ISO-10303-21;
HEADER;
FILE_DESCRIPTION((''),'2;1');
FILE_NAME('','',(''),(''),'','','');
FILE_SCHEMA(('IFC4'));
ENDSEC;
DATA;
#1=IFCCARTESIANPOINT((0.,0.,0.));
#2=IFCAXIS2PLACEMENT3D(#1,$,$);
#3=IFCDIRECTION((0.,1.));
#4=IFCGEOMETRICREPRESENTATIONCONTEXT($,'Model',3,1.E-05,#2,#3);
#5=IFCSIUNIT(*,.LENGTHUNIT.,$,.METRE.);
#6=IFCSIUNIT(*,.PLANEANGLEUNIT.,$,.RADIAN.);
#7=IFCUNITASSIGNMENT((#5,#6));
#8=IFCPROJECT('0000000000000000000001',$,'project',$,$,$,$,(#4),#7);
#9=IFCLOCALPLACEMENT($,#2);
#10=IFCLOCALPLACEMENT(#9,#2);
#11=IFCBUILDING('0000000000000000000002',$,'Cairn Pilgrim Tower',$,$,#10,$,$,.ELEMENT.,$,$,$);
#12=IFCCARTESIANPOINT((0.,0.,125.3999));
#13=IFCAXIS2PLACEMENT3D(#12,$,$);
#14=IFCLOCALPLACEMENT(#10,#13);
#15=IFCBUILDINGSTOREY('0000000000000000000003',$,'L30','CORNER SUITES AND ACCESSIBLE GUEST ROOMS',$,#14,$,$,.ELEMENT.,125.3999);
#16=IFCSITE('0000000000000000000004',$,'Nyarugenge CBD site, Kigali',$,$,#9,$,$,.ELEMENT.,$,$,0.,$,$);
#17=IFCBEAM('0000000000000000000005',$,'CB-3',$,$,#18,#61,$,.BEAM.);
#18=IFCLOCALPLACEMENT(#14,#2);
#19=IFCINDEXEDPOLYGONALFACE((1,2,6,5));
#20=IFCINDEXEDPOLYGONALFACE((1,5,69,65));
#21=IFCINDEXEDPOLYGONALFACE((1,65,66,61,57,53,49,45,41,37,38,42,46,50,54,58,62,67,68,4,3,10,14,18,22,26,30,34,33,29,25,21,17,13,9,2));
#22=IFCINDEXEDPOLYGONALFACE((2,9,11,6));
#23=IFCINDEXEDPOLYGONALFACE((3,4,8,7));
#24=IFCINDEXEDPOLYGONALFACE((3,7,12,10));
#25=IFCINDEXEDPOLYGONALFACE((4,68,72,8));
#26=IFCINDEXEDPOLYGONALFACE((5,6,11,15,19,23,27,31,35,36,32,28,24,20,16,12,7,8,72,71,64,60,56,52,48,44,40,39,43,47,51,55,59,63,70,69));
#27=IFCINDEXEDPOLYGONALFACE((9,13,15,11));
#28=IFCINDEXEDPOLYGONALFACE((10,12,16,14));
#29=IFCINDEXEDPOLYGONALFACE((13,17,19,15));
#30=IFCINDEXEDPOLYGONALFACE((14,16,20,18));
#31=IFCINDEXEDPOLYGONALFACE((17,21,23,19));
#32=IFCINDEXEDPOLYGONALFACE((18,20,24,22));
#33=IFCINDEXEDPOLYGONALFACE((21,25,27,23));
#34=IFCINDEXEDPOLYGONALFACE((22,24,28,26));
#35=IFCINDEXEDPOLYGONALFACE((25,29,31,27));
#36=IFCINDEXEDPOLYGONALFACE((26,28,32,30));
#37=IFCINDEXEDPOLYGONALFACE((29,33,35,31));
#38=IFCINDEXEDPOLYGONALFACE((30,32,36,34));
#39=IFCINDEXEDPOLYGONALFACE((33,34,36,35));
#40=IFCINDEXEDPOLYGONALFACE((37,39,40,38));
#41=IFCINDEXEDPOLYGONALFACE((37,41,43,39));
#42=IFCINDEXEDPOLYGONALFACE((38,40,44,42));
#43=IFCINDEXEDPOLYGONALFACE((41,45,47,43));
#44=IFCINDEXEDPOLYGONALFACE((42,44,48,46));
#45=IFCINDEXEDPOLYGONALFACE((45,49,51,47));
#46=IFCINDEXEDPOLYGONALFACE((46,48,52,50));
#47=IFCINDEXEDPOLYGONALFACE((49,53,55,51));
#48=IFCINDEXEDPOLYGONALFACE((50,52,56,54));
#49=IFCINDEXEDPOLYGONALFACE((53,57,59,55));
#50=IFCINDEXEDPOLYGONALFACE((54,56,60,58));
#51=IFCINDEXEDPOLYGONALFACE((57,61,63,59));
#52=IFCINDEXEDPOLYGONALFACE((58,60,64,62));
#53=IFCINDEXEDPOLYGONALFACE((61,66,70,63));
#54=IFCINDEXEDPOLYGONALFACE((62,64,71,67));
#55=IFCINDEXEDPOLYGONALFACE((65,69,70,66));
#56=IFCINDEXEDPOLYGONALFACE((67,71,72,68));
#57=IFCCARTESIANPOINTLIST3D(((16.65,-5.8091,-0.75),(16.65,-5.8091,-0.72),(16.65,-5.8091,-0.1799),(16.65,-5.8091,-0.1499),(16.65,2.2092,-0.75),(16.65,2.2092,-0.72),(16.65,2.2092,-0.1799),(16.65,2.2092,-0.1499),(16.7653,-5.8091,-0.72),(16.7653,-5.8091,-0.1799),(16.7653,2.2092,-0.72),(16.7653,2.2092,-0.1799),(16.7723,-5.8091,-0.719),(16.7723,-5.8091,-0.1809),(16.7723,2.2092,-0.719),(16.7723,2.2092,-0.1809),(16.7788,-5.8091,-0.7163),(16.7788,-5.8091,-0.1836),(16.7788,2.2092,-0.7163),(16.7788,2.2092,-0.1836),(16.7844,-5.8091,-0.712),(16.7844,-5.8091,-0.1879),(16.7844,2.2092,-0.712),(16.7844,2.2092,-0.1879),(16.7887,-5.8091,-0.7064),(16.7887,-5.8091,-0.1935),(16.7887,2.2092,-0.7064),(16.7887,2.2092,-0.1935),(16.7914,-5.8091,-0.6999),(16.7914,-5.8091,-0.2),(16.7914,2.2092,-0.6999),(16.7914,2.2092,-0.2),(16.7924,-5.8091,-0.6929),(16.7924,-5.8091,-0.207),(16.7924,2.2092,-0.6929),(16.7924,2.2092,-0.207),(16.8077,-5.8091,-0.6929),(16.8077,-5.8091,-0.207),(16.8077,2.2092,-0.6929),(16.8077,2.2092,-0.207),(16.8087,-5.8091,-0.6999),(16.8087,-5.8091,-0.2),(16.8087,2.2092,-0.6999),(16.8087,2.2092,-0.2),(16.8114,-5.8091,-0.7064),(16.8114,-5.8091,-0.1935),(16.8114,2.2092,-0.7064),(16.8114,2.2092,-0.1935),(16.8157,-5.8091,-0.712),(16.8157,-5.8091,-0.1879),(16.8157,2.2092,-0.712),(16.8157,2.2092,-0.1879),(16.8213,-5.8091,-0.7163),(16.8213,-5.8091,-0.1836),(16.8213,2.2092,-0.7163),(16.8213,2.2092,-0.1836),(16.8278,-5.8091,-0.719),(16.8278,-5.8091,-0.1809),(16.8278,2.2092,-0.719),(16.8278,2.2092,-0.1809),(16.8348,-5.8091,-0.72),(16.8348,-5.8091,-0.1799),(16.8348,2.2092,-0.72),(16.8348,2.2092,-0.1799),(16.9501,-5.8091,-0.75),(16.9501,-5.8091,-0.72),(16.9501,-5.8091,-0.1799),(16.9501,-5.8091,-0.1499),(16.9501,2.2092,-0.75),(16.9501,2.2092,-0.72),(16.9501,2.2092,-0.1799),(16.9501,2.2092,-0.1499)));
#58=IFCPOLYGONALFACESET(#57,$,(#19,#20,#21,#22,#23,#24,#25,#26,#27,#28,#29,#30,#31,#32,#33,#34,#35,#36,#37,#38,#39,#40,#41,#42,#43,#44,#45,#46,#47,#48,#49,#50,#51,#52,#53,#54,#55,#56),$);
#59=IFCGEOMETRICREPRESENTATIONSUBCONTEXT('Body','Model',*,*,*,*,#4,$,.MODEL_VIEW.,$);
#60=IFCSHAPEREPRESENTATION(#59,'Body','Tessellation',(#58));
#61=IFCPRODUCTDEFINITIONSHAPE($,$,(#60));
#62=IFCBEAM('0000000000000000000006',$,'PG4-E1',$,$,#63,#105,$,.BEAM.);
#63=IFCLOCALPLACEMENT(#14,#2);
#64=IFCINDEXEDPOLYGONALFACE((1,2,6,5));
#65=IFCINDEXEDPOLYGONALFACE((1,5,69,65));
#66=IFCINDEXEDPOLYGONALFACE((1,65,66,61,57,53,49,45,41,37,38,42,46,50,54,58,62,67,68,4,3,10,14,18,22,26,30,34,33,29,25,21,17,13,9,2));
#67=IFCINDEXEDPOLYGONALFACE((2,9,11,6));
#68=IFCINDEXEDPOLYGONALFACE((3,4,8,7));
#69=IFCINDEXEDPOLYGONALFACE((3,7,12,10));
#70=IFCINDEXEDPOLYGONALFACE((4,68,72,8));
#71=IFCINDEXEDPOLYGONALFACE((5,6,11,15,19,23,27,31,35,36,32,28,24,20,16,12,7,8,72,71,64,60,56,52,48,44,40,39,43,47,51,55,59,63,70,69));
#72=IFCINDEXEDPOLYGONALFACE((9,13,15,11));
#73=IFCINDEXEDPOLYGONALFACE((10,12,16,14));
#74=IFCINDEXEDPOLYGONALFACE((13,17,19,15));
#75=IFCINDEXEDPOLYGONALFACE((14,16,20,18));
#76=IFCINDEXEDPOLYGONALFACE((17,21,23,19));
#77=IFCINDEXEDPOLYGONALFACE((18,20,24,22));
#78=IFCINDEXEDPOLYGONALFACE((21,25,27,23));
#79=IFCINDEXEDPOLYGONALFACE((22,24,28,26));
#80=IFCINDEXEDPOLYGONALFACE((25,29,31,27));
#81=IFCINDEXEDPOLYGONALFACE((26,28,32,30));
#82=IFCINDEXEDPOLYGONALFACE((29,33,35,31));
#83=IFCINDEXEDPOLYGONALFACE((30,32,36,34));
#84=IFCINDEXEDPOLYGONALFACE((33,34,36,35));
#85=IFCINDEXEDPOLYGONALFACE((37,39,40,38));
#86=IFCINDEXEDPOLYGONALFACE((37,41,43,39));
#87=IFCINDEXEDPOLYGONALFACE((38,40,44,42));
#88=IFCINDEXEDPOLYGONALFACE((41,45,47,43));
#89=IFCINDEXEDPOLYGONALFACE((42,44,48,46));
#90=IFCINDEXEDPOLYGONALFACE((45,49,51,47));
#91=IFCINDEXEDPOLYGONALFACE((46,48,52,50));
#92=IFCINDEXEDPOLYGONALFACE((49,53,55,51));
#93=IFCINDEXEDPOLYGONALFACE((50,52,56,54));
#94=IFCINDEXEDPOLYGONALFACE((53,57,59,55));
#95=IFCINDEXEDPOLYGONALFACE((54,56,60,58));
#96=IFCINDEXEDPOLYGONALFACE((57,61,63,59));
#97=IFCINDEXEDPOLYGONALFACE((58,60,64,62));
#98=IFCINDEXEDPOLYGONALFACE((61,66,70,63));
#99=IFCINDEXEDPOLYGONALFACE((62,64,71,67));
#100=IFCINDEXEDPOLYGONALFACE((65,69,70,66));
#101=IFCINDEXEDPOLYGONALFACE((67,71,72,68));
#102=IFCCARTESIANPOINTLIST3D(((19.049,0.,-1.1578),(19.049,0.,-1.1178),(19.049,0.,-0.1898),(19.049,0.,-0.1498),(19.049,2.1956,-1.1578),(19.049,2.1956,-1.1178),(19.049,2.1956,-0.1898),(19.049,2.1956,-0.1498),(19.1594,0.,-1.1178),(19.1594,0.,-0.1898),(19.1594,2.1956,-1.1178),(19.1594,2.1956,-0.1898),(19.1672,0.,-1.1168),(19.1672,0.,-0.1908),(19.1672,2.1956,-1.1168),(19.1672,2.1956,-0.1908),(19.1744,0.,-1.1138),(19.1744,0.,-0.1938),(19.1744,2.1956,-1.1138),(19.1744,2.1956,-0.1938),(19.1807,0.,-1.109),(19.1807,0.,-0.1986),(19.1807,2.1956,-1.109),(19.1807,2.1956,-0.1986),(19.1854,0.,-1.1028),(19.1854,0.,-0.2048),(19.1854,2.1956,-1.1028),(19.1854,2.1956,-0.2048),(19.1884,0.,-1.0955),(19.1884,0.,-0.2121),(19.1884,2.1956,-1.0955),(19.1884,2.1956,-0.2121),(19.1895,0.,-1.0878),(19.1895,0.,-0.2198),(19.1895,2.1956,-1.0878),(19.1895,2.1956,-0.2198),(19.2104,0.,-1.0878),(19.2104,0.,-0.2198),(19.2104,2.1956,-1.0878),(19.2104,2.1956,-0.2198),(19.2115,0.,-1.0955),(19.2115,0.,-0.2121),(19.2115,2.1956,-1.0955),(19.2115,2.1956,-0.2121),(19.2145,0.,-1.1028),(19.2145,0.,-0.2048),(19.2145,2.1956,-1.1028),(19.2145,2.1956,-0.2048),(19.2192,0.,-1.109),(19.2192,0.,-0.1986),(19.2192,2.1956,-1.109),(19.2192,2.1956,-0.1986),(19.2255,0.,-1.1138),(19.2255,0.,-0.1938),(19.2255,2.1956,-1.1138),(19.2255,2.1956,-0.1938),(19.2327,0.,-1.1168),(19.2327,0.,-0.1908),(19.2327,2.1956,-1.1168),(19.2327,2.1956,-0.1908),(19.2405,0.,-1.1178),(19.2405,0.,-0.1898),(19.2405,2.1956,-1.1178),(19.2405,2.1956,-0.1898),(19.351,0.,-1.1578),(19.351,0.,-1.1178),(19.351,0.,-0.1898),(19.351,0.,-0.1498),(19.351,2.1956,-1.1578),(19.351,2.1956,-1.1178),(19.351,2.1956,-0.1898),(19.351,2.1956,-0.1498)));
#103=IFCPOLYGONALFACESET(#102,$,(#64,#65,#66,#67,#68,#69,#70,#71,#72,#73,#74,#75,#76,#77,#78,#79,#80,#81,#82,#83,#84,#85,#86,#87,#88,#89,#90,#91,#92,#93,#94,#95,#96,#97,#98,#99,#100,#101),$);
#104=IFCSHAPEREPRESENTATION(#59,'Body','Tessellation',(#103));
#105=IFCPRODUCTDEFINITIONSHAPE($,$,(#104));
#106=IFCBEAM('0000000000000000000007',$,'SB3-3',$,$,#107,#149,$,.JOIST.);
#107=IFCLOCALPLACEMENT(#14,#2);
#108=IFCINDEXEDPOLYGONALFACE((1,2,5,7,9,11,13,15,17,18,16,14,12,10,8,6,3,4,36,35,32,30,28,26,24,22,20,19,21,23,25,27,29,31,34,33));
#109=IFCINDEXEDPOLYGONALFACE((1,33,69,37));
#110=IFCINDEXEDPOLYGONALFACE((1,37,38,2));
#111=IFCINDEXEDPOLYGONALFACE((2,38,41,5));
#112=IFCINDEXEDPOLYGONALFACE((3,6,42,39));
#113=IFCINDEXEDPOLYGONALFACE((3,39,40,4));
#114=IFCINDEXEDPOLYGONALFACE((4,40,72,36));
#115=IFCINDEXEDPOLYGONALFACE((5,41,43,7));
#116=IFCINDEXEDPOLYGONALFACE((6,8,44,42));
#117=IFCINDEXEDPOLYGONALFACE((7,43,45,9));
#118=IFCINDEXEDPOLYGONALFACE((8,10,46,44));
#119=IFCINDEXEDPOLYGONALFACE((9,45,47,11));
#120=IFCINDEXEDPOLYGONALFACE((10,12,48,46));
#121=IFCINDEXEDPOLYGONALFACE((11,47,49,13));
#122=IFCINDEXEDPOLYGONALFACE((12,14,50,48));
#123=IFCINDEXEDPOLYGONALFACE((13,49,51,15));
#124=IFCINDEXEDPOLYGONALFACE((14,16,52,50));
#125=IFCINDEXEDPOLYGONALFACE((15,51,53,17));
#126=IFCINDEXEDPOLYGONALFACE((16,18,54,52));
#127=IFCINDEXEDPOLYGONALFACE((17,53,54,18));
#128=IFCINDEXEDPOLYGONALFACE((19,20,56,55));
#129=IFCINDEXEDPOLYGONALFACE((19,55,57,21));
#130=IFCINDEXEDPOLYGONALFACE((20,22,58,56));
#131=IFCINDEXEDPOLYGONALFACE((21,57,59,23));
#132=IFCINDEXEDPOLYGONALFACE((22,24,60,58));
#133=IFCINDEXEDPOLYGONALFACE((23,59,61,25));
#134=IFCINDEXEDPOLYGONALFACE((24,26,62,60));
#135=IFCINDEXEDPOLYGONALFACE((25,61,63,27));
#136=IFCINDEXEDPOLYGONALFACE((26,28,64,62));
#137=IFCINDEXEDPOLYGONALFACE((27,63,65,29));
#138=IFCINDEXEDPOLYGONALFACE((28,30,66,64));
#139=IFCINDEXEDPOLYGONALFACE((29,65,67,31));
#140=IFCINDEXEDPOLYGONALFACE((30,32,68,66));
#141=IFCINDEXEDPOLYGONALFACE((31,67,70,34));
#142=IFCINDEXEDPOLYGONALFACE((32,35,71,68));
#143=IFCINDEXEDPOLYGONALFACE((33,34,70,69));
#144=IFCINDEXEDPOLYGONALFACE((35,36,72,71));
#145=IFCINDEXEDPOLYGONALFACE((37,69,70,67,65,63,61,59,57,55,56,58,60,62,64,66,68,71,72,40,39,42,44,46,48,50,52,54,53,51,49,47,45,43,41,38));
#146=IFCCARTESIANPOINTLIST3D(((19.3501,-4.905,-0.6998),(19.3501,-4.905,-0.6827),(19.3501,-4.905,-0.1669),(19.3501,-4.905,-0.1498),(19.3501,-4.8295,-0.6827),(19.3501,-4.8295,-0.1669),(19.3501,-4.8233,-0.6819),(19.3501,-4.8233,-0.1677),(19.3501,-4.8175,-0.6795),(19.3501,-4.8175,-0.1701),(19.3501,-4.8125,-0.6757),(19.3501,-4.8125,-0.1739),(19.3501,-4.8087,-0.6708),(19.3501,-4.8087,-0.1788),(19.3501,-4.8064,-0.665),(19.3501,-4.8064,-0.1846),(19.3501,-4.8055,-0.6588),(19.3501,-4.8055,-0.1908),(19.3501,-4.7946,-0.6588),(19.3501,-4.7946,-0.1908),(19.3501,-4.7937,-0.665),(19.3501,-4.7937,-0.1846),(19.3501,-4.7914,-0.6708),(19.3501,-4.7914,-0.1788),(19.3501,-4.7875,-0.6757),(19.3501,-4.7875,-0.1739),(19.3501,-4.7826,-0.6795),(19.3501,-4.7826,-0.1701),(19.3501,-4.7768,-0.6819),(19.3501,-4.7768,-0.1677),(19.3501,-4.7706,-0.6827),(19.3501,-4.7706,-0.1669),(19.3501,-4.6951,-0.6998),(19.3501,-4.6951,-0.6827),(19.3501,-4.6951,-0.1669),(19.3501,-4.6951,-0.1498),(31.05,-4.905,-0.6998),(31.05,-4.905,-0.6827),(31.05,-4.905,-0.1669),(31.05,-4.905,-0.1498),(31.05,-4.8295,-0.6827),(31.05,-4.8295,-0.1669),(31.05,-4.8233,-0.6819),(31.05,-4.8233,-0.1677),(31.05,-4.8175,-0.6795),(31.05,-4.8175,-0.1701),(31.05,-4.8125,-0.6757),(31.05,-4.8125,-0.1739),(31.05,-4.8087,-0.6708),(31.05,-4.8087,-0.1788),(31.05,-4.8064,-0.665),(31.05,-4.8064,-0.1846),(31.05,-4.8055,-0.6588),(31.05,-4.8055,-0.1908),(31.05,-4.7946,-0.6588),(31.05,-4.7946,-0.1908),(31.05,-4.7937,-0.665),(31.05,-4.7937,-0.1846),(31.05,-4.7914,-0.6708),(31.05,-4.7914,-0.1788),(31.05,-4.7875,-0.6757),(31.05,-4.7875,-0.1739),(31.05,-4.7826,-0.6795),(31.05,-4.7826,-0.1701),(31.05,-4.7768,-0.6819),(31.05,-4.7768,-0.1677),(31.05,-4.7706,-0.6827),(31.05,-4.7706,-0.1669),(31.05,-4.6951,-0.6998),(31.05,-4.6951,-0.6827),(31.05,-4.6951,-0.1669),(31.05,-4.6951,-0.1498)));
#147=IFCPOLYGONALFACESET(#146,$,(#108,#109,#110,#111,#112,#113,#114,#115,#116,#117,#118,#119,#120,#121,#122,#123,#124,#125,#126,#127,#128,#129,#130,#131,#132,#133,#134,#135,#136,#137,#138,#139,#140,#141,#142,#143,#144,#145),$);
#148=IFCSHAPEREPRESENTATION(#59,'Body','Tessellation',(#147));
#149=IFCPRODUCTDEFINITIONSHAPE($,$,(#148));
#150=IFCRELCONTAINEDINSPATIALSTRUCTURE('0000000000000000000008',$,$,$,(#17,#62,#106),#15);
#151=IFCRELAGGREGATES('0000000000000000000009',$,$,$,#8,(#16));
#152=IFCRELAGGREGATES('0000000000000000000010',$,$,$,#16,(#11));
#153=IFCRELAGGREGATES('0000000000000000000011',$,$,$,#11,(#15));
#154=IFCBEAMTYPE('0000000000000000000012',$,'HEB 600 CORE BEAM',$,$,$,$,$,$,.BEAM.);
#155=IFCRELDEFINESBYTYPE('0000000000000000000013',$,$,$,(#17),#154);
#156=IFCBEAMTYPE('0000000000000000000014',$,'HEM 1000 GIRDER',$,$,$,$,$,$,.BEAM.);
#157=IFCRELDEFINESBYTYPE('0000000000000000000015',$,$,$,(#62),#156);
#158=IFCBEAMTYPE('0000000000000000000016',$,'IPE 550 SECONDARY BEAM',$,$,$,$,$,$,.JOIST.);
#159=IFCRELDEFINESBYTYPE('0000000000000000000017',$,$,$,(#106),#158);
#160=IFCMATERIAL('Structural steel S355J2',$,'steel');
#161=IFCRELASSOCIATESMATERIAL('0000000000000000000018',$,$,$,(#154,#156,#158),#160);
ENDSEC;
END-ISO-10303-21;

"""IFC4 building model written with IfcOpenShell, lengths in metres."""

from ifc_helpers import new_model, si_unit, direction, frame, origin, origin_2d, place, context, subcontext, project, spatial, i_section, extrude, material, material_profile, profile_set, type_object, element, save


model = new_model("IFC4")

# Units and contexts
model_context = context("Model", 3, precision=1e-05, world=origin(), true_north=direction((0.0, 1.0)))
body_context = subcontext(model_context, "Body", "Model", "MODEL_VIEW")
ifc_project = project(units=[si_unit("LENGTHUNIT", "METRE"), si_unit("PLANEANGLEUNIT", "RADIAN")], contexts=[model_context])

# Site, building, storey
site_placement = place(None, origin())
site = spatial("IfcSite", under=ifc_project, at=site_placement, Name="Nyarugenge CBD site, Kigali", CompositionType="ELEMENT", RefElevation=0.0)
building_placement = place(site_placement, origin())
building = spatial("IfcBuilding", under=site, at=building_placement, Name="Cairn Pilgrim Tower", CompositionType="ELEMENT")
storey_placement = place(building_placement, frame((0.0, 0.0, 125.3999)))
storey = spatial("IfcBuildingStorey", under=building, at=storey_placement, Name="L30", Description="CORNER SUITES AND ACCESSIBLE GUEST ROOMS", CompositionType="ELEMENT", Elevation=125.3999)

# Beams
ifc_material_1 = material(Name="Structural steel S355J2", Category="steel")
ifc_material_profile_1 = material_profile(ifc_material_1, i_section(OverallWidth=0.3, OverallDepth=0.6001, WebThickness=0.0154, FlangeThickness=0.03, FilletRadius=0.0271, at=origin_2d()), Name="HEB 600")
ifc_profile_set_1 = profile_set([ifc_material_profile_1], Name="Structural steel S355J2")
beam_type_1 = type_object("IfcBeamType", Name="HEB 600 CORE BEAM", PredefinedType="BEAM", material=ifc_profile_set_1)
beam_1_placement = place(storey_placement, frame((16.8, -5.8091, -0.45), z_axis=(0.0, 1.0, 0.0), x_axis=(-1.0, 0.0, 0.0)))
element("IfcBeam", 1, at=beam_1_placement, inside=storey, type_object=beam_type_1, Name="CB-3", PredefinedType="BEAM", context=body_context, shape_type="SweptSolid", body=[
    extrude(i_section(OverallWidth=0.3, OverallDepth=0.6001, WebThickness=0.0154, FlangeThickness=0.03, FilletRadius=0.0271, at=origin_2d()), origin(), (0.0, 0.0, 1.0), 8.0183),
])
ifc_material_profile_2 = material_profile(ifc_material_1, i_section(OverallWidth=0.302, OverallDepth=1.0081, WebThickness=0.021, FlangeThickness=0.04, FilletRadius=0.03, at=origin_2d()), Name="HEM 1000")
ifc_profile_set_2 = profile_set([ifc_material_profile_2], Name="Structural steel S355J2")
beam_type_2 = type_object("IfcBeamType", Name="HEM 1000 GIRDER", PredefinedType="BEAM", material=ifc_profile_set_2)
beam_2_placement = place(storey_placement, frame((19.2, 0.0, -0.6538), z_axis=(0.0, 1.0, 0.0), x_axis=(-1.0, 0.0, 0.0)))
element("IfcBeam", 2, at=beam_2_placement, inside=storey, type_object=beam_type_2, Name="PG4-E1", PredefinedType="BEAM", context=body_context, shape_type="SweptSolid", body=[
    extrude(i_section(OverallWidth=0.302, OverallDepth=1.0081, WebThickness=0.021, FlangeThickness=0.04, FilletRadius=0.03, at=origin_2d()), origin(), (0.0, 0.0, 1.0), 2.1956),
])
ifc_material_profile_3 = material_profile(ifc_material_1, i_section(OverallWidth=0.21, OverallDepth=0.55, WebThickness=0.011, FlangeThickness=0.0171, FilletRadius=0.0239, at=origin_2d()), Name="IPE 550")
ifc_profile_set_3 = profile_set([ifc_material_profile_3], Name="Structural steel S355J2")
beam_type_3 = type_object("IfcBeamType", Name="IPE 550 SECONDARY BEAM", PredefinedType="JOIST", material=ifc_profile_set_3)
beam_3_placement = place(storey_placement, frame((19.3501, -4.8, -0.4248), z_axis=(1.0, 0.0, 0.0), x_axis=(0.0, 1.0, 0.0)))
element("IfcBeam", 3, at=beam_3_placement, inside=storey, type_object=beam_type_3, Name="SB3-3", PredefinedType="JOIST", context=body_context, shape_type="SweptSolid", body=[
    extrude(i_section(OverallWidth=0.21, OverallDepth=0.55, WebThickness=0.011, FlangeThickness=0.0171, FilletRadius=0.0239, at=origin_2d()), origin(), (0.0, 0.0, 1.0), 11.7),
])

save(model, "model.ifc")
